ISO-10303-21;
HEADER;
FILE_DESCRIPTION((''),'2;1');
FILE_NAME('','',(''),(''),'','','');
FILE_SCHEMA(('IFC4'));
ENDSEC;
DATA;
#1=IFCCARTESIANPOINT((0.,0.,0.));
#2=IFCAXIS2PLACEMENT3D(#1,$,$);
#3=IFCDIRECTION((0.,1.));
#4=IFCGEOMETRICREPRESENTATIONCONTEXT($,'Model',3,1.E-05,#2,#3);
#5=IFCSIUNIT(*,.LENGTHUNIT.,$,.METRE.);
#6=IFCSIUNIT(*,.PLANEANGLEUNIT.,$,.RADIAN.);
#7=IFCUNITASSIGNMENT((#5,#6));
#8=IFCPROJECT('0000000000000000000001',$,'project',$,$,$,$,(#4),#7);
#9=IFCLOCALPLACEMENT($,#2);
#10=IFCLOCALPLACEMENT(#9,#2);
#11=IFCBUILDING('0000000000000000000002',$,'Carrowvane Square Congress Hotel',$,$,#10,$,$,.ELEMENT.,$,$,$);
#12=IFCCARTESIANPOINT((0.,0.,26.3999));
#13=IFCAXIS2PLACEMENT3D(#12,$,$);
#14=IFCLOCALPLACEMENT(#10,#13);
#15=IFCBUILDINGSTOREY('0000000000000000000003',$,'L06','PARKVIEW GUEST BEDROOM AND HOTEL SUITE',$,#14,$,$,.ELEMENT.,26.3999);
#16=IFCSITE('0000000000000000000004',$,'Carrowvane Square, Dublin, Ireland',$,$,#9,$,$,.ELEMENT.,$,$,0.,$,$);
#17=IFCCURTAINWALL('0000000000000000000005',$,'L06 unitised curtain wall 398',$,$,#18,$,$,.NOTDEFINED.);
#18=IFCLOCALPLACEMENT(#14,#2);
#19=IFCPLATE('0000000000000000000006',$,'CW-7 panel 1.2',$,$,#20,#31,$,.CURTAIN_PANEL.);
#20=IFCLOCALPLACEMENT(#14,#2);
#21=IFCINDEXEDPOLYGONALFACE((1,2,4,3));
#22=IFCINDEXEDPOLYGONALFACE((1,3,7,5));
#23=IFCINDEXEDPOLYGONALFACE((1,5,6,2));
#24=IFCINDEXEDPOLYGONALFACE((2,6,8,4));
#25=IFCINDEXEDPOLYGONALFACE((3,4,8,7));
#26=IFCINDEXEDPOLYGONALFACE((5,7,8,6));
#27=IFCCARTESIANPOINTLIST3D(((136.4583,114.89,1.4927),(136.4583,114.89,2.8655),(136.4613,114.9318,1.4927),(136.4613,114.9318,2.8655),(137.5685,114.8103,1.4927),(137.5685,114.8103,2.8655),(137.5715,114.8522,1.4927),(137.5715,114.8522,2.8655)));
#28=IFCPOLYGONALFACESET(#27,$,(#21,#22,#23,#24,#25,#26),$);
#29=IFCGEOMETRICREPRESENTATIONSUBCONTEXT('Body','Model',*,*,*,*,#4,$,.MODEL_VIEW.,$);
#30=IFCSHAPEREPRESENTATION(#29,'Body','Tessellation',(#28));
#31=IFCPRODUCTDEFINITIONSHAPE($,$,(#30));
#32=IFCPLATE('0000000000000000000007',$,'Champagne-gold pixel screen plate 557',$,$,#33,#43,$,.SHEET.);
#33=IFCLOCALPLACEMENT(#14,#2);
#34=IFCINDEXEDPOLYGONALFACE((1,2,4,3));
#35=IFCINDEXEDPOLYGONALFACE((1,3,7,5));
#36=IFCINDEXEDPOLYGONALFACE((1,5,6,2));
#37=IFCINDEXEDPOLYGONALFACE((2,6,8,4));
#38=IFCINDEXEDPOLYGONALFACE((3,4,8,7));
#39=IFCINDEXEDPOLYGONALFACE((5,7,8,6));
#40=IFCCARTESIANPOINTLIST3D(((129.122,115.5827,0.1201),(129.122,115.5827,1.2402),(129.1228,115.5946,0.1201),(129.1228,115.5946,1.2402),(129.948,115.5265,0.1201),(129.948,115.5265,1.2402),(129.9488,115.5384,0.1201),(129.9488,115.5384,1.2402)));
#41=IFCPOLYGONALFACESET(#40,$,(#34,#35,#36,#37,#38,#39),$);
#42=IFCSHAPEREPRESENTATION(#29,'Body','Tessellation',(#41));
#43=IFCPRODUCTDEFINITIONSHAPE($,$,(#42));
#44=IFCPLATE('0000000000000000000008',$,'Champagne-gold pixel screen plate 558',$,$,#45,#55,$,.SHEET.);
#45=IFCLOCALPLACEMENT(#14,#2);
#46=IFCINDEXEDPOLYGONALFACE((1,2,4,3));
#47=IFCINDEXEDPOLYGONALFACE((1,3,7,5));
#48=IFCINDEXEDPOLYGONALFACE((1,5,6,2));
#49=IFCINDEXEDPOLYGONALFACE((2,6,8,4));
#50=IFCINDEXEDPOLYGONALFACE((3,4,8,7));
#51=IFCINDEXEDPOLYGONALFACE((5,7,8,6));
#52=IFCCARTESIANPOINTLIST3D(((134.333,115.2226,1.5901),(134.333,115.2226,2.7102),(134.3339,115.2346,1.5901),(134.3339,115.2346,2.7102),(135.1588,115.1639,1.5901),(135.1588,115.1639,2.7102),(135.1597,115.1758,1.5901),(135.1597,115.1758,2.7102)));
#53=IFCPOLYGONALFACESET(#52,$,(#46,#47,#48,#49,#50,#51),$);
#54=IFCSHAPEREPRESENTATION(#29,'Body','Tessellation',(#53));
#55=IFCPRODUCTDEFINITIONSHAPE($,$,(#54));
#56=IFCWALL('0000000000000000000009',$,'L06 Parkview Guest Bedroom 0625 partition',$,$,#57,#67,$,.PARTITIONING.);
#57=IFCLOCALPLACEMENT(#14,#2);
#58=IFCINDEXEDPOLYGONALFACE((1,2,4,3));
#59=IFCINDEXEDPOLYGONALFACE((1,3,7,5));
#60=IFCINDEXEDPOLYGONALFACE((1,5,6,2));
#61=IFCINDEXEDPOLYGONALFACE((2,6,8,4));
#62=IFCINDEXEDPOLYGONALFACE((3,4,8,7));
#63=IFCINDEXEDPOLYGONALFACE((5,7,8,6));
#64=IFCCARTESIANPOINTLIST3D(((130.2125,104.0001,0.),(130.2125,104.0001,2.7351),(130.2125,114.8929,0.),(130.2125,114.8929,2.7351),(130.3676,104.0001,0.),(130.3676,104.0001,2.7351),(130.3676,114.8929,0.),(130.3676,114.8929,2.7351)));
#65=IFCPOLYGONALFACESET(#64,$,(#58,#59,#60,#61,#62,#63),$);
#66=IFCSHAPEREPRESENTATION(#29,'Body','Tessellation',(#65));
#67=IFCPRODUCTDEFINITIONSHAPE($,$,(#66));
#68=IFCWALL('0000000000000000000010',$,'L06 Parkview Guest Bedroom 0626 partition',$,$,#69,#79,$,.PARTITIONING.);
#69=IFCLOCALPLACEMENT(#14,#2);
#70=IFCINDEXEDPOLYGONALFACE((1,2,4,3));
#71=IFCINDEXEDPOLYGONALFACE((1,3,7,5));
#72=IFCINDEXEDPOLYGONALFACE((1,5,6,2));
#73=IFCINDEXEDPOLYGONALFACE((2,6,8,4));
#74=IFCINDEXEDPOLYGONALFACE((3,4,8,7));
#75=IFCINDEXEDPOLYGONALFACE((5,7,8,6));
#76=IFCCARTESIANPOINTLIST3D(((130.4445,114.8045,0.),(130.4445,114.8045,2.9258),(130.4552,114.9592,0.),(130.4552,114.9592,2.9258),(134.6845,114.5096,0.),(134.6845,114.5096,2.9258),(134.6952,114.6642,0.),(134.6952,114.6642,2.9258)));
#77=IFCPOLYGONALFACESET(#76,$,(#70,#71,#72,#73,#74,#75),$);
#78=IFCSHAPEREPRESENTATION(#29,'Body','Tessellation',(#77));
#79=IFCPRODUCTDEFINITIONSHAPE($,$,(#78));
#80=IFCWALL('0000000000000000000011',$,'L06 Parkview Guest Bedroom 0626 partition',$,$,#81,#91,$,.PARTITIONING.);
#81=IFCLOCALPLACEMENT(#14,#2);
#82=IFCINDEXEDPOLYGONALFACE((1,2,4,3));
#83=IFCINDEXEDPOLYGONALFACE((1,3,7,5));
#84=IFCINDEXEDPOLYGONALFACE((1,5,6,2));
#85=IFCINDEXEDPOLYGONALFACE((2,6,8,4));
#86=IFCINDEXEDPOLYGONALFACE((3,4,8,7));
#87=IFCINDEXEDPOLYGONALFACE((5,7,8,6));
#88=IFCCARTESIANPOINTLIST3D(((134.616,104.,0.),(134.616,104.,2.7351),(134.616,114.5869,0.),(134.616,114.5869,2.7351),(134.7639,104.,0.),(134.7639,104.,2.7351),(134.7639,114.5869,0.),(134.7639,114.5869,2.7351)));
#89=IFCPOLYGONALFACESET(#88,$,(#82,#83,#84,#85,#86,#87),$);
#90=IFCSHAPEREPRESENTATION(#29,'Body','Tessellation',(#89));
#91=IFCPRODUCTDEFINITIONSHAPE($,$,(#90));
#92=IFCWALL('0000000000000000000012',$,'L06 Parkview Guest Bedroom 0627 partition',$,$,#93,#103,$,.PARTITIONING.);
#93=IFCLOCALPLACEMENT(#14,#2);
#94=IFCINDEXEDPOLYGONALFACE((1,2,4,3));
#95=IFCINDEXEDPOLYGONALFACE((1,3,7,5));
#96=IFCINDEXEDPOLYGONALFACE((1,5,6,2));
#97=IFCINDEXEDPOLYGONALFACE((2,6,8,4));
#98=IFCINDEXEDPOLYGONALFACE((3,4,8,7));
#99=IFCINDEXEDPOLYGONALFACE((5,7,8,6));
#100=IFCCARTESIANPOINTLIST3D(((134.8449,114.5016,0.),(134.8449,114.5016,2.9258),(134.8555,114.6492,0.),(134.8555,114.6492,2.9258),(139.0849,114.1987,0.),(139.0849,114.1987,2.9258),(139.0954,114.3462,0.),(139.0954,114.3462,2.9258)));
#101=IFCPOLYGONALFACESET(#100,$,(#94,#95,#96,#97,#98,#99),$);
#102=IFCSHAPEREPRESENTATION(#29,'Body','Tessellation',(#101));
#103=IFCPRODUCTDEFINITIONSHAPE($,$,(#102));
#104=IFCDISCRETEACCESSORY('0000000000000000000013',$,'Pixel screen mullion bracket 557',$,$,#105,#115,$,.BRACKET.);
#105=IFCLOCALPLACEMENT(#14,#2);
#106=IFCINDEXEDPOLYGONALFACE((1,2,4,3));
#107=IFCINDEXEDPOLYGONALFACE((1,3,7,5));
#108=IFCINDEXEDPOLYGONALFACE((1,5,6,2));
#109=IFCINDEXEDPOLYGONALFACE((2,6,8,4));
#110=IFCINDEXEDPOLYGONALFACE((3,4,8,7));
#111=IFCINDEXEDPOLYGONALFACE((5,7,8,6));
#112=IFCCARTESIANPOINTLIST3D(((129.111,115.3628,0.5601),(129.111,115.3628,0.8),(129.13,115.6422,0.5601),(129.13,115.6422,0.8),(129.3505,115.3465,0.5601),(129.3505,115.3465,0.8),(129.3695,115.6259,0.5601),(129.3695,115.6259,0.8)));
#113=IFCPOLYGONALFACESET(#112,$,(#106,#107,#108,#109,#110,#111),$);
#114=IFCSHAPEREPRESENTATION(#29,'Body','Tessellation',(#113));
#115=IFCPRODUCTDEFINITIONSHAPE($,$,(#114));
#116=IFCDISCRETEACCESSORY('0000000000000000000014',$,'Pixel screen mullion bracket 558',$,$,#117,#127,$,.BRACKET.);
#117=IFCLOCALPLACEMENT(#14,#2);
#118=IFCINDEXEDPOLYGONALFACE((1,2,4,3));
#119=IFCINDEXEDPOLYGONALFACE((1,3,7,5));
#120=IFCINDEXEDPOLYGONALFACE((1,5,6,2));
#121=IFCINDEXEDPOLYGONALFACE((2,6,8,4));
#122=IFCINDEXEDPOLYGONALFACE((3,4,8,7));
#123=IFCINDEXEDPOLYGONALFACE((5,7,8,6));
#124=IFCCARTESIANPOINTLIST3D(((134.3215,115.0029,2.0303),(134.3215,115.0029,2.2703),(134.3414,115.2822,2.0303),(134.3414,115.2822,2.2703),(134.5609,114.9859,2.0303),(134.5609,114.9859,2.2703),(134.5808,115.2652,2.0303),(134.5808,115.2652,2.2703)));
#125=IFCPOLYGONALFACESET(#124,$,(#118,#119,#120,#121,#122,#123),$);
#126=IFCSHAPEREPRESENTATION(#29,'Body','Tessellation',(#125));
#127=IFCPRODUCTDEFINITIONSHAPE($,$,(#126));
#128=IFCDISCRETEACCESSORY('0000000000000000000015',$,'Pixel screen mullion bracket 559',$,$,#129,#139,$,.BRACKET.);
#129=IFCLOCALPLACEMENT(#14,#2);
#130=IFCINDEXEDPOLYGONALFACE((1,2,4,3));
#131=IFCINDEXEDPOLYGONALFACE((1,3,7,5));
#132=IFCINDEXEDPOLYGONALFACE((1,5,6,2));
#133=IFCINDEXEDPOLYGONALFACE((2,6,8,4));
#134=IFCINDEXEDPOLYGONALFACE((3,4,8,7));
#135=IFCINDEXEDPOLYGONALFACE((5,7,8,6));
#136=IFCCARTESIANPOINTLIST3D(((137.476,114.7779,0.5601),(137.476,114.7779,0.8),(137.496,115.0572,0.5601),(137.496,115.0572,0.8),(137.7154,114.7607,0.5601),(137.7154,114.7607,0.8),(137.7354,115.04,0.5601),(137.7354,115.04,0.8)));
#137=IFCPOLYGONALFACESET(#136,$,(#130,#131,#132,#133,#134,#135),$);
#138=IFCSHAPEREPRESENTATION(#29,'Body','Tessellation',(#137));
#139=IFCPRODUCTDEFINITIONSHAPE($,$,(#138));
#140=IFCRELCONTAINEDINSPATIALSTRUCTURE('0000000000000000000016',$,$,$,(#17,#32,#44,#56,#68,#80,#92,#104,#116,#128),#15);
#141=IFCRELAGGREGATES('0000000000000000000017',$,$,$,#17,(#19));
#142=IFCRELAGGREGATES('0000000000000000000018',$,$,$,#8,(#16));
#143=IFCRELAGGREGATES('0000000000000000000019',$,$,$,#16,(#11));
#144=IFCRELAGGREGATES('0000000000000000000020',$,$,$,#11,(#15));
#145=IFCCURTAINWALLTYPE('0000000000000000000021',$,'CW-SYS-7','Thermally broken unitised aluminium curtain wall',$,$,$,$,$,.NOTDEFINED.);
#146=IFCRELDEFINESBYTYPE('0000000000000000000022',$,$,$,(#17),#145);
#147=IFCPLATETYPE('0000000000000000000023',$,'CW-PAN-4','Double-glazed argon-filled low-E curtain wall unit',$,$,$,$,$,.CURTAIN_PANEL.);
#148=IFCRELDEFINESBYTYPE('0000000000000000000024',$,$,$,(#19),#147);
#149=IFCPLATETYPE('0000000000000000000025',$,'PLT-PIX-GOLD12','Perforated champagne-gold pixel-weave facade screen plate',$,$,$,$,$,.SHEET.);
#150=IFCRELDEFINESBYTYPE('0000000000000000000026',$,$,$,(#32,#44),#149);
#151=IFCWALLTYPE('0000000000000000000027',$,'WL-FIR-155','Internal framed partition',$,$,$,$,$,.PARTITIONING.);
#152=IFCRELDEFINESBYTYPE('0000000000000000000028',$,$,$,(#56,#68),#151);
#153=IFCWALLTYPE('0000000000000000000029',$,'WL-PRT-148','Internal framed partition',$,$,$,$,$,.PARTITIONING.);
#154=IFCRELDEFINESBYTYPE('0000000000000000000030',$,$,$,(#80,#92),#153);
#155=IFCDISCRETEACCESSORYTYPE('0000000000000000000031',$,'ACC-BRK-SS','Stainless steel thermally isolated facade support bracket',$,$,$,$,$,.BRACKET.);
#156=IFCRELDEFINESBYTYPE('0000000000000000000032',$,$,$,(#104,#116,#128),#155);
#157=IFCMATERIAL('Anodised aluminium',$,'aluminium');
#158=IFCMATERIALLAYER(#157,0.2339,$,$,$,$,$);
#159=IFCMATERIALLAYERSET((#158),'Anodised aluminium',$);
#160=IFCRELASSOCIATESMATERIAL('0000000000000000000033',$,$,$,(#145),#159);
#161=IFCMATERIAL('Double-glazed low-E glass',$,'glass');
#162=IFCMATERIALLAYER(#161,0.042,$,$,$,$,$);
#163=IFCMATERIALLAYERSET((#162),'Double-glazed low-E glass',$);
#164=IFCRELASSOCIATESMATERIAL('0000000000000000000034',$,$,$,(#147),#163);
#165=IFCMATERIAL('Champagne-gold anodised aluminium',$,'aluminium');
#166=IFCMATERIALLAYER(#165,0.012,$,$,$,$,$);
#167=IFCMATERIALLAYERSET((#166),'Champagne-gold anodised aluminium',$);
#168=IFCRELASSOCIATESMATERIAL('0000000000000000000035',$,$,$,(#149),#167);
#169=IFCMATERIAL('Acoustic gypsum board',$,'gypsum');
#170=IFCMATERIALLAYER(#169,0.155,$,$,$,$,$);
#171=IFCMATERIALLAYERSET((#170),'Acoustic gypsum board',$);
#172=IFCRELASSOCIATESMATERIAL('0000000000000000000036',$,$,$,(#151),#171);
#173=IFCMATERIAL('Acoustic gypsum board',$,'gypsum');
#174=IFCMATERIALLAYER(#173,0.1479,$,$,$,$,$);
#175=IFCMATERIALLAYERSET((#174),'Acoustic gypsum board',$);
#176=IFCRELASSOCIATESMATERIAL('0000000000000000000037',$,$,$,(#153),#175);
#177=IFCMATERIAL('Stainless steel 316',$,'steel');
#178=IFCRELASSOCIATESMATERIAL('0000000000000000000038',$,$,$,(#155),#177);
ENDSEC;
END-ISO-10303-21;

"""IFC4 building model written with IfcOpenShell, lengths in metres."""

from ifc_helpers import new_model, si_unit, direction, frame, frame_2d, origin, origin_2d, place, context, subcontext, project, spatial, rectangle, extrude, material, layer, layer_set, type_object, element, aggregate, save


model = new_model("IFC4")

# Units and contexts
model_context = context("Model", 3, precision=1e-05, world=origin(), true_north=direction((0.0, 1.0)))
body_context = subcontext(model_context, "Body", "Model", "MODEL_VIEW")
ifc_project = project(units=[si_unit("LENGTHUNIT", "METRE"), si_unit("PLANEANGLEUNIT", "RADIAN")], contexts=[model_context])

# Site, building, storey
site_placement = place(None, origin())
site = spatial("IfcSite", under=ifc_project, at=site_placement, Name="Carrowvane Square, Dublin, Ireland", CompositionType="ELEMENT", RefElevation=0.0)
building_placement = place(site_placement, origin())
building = spatial("IfcBuilding", under=site, at=building_placement, Name="Carrowvane Square Congress Hotel", CompositionType="ELEMENT")
storey_placement = place(building_placement, frame((0.0, 0.0, 26.3999)))
storey = spatial("IfcBuildingStorey", under=building, at=storey_placement, Name="L06", Description="PARKVIEW GUEST BEDROOM AND HOTEL SUITE", CompositionType="ELEMENT", Elevation=26.3999)

# Curtain wall
ifc_material_1 = material(Name="Anodised aluminium", Category="aluminium")
ifc_layer_1 = layer(ifc_material_1, 0.2339)
ifc_layer_set_1 = layer_set([ifc_layer_1], Name="Anodised aluminium")
curtain_wall_type_1 = type_object("IfcCurtainWallType", Name="CW-SYS-7", Description="Thermally broken unitised aluminium curtain wall", PredefinedType="NOTDEFINED", material=ifc_layer_set_1)
curtain_wall_1_placement = place(storey_placement, origin())
curtain_wall_1 = element("IfcCurtainWall", 1, at=curtain_wall_1_placement, inside=storey, type_object=curtain_wall_type_1, Name="L06 unitised curtain wall 398", PredefinedType="NOTDEFINED")

# Plate
ifc_material_2 = material(Name="Double-glazed low-E glass", Category="glass")
ifc_layer_2 = layer(ifc_material_2, 0.042)
ifc_layer_set_2 = layer_set([ifc_layer_2], Name="Double-glazed low-E glass")
plate_type_1 = type_object("IfcPlateType", Name="CW-PAN-4", Description="Double-glazed argon-filled low-E curtain wall unit", PredefinedType="CURTAIN_PANEL", material=ifc_layer_set_2)
plate_1_placement = place(storey_placement, frame((137.0149, 114.8711, 1.4927), z_axis=(0.0, 0.0, 1.0), x_axis=(0.997438, -0.071532, 0.0)))
plate_1 = element("IfcPlate", 2, at=plate_1_placement, type_object=plate_type_1, Name="CW-7 panel 1.2", PredefinedType="CURTAIN_PANEL", context=body_context, shape_type="SweptSolid", body=[
    extrude(rectangle(XDim=1.113, YDim=0.042, at=origin_2d()), origin(), (0.0, 0.0, 1.0), 1.3728),
])
aggregate(curtain_wall_1, [plate_1])

# Plates
ifc_material_3 = material(Name="Champagne-gold anodised aluminium", Category="aluminium")
ifc_layer_3 = layer(ifc_material_3, 0.012)
ifc_layer_set_3 = layer_set([ifc_layer_3], Name="Champagne-gold anodised aluminium")
plate_type_2 = type_object("IfcPlateType", Name="PLT-PIX-GOLD12", Description="Perforated champagne-gold pixel-weave facade screen plate", PredefinedType="SHEET", material=ifc_layer_set_3)
for number, where, z_axis, x_axis, name in (
    (3, (129.5354, 115.5605, 0.1201), (0.0, 0.0, 1.0), (0.997694, -0.067866, 0.0), "Champagne-gold pixel screen plate 557"),
    (4, (134.7463, 115.1992, 1.5901), (0.0, 0.0, 1.0), (0.997479, -0.070957, 0.0), "Champagne-gold pixel screen plate 558"),
):
    element("IfcPlate", number, at=place(storey_placement, frame(where, z_axis=z_axis, x_axis=x_axis)), inside=storey, type_object=plate_type_2, Name=name, PredefinedType="SHEET", context=body_context, shape_type="SweptSolid", body=[
        extrude(rectangle(XDim=0.8279, YDim=0.012, at=origin_2d()), origin(), (0.0, 0.0, 1.0), 1.1201),
    ])

# Walls
ifc_material_4 = material(Name="Acoustic gypsum board", Category="gypsum")
ifc_layer_4 = layer(ifc_material_4, 0.155)
ifc_layer_set_4 = layer_set([ifc_layer_4], Name="Acoustic gypsum board")
wall_type_1 = type_object("IfcWallType", Name="WL-FIR-155", Description="Internal framed partition", PredefinedType="PARTITIONING", material=ifc_layer_set_4)
wall_1_placement = place(storey_placement, frame((130.29, 114.8928, 0.0), z_axis=(0.0, 0.0, 1.0), x_axis=(0.0, -1.0, 0.0)))
element("IfcWall", 5, at=wall_1_placement, inside=storey, type_object=wall_type_1, Name="L06 Parkview Guest Bedroom 0625 partition", PredefinedType="PARTITIONING", context=body_context, shape_type="SweptSolid", body=[
    extrude(rectangle(XDim=10.8928, YDim=0.155, at=frame_2d((5.4463, 0.0))), origin(), (0.0, 0.0, 1.0), 2.7351),
])
wall_2_placement = place(storey_placement, frame((130.45, 114.8818, 0.0), z_axis=(0.0, 0.0, 1.0), x_axis=(0.99759, -0.06939, 0.0)))
element("IfcWall", 6, at=wall_2_placement, inside=storey, type_object=wall_type_1, Name="L06 Parkview Guest Bedroom 0626 partition", PredefinedType="PARTITIONING", context=body_context, shape_type="SweptSolid", body=[
    extrude(rectangle(XDim=4.2502, YDim=0.155, at=frame_2d((2.125, 0.0))), origin(), (0.0, 0.0, 1.0), 2.9258),
])
ifc_material_5 = material(Name="Acoustic gypsum board", Category="gypsum")
ifc_layer_5 = layer(ifc_material_5, 0.1479)
ifc_layer_set_5 = layer_set([ifc_layer_5], Name="Acoustic gypsum board")
wall_type_2 = type_object("IfcWallType", Name="WL-PRT-148", Description="Internal framed partition", PredefinedType="PARTITIONING", material=ifc_layer_set_5)
wall_3_placement = place(storey_placement, frame((134.6899, 114.5869, 0.0), z_axis=(0.0, 0.0, 1.0), x_axis=(0.0, -1.0, 0.0)))
element("IfcWall", 7, at=wall_3_placement, inside=storey, type_object=wall_type_2, Name="L06 Parkview Guest Bedroom 0626 partition", PredefinedType="PARTITIONING", context=body_context, shape_type="SweptSolid", body=[
    extrude(rectangle(XDim=10.5869, YDim=0.1479, at=frame_2d((5.2935, 0.0))), origin(), (0.0, 0.0, 1.0), 2.7351),
])
wall_4_placement = place(storey_placement, frame((134.8501, 114.5754, 0.0), z_axis=(0.0, 0.0, 1.0), x_axis=(0.997457, -0.071276, 0.0)))
element("IfcWall", 8, at=wall_4_placement, inside=storey, type_object=wall_type_2, Name="L06 Parkview Guest Bedroom 0627 partition", PredefinedType="PARTITIONING", context=body_context, shape_type="SweptSolid", body=[
    extrude(rectangle(XDim=4.2507, YDim=0.1479, at=frame_2d((2.1255, 0.0))), origin(), (0.0, 0.0, 1.0), 2.9258),
])

# Discrete accessories
ifc_material_6 = material(Name="Stainless steel 316", Category="steel")
discrete_accessory_type = type_object("IfcDiscreteAccessoryType", Name="ACC-BRK-SS", Description="Stainless steel thermally isolated facade support bracket", PredefinedType="BRACKET", material=ifc_material_6)
for number, where, z_axis, x_axis, name in (
    (9, (129.2402, 115.4944, 0.5601), (0.0, 0.0, 1.0), (0.997694, -0.067866, 0.0), "Pixel screen mullion bracket 557"),
    (10, (134.4512, 115.134, 2.0303), (0.0, 0.0, 1.0), (0.997479, -0.070957, 0.0), "Pixel screen mullion bracket 558"),
    (11, (137.6057, 114.9089, 0.5601), (0.0, 0.0, 1.0), (0.997438, -0.071533, 0.0), "Pixel screen mullion bracket 559"),
):
    element("IfcDiscreteAccessory", number, at=place(storey_placement, frame(where, z_axis=z_axis, x_axis=x_axis)), inside=storey, type_object=discrete_accessory_type, Name=name, PredefinedType="BRACKET", context=body_context, shape_type="SweptSolid", body=[
        extrude(rectangle(XDim=0.24, YDim=0.28, at=origin_2d()), origin(), (0.0, 0.0, 1.0), 0.24),
    ])

save(model, "model.ifc")
